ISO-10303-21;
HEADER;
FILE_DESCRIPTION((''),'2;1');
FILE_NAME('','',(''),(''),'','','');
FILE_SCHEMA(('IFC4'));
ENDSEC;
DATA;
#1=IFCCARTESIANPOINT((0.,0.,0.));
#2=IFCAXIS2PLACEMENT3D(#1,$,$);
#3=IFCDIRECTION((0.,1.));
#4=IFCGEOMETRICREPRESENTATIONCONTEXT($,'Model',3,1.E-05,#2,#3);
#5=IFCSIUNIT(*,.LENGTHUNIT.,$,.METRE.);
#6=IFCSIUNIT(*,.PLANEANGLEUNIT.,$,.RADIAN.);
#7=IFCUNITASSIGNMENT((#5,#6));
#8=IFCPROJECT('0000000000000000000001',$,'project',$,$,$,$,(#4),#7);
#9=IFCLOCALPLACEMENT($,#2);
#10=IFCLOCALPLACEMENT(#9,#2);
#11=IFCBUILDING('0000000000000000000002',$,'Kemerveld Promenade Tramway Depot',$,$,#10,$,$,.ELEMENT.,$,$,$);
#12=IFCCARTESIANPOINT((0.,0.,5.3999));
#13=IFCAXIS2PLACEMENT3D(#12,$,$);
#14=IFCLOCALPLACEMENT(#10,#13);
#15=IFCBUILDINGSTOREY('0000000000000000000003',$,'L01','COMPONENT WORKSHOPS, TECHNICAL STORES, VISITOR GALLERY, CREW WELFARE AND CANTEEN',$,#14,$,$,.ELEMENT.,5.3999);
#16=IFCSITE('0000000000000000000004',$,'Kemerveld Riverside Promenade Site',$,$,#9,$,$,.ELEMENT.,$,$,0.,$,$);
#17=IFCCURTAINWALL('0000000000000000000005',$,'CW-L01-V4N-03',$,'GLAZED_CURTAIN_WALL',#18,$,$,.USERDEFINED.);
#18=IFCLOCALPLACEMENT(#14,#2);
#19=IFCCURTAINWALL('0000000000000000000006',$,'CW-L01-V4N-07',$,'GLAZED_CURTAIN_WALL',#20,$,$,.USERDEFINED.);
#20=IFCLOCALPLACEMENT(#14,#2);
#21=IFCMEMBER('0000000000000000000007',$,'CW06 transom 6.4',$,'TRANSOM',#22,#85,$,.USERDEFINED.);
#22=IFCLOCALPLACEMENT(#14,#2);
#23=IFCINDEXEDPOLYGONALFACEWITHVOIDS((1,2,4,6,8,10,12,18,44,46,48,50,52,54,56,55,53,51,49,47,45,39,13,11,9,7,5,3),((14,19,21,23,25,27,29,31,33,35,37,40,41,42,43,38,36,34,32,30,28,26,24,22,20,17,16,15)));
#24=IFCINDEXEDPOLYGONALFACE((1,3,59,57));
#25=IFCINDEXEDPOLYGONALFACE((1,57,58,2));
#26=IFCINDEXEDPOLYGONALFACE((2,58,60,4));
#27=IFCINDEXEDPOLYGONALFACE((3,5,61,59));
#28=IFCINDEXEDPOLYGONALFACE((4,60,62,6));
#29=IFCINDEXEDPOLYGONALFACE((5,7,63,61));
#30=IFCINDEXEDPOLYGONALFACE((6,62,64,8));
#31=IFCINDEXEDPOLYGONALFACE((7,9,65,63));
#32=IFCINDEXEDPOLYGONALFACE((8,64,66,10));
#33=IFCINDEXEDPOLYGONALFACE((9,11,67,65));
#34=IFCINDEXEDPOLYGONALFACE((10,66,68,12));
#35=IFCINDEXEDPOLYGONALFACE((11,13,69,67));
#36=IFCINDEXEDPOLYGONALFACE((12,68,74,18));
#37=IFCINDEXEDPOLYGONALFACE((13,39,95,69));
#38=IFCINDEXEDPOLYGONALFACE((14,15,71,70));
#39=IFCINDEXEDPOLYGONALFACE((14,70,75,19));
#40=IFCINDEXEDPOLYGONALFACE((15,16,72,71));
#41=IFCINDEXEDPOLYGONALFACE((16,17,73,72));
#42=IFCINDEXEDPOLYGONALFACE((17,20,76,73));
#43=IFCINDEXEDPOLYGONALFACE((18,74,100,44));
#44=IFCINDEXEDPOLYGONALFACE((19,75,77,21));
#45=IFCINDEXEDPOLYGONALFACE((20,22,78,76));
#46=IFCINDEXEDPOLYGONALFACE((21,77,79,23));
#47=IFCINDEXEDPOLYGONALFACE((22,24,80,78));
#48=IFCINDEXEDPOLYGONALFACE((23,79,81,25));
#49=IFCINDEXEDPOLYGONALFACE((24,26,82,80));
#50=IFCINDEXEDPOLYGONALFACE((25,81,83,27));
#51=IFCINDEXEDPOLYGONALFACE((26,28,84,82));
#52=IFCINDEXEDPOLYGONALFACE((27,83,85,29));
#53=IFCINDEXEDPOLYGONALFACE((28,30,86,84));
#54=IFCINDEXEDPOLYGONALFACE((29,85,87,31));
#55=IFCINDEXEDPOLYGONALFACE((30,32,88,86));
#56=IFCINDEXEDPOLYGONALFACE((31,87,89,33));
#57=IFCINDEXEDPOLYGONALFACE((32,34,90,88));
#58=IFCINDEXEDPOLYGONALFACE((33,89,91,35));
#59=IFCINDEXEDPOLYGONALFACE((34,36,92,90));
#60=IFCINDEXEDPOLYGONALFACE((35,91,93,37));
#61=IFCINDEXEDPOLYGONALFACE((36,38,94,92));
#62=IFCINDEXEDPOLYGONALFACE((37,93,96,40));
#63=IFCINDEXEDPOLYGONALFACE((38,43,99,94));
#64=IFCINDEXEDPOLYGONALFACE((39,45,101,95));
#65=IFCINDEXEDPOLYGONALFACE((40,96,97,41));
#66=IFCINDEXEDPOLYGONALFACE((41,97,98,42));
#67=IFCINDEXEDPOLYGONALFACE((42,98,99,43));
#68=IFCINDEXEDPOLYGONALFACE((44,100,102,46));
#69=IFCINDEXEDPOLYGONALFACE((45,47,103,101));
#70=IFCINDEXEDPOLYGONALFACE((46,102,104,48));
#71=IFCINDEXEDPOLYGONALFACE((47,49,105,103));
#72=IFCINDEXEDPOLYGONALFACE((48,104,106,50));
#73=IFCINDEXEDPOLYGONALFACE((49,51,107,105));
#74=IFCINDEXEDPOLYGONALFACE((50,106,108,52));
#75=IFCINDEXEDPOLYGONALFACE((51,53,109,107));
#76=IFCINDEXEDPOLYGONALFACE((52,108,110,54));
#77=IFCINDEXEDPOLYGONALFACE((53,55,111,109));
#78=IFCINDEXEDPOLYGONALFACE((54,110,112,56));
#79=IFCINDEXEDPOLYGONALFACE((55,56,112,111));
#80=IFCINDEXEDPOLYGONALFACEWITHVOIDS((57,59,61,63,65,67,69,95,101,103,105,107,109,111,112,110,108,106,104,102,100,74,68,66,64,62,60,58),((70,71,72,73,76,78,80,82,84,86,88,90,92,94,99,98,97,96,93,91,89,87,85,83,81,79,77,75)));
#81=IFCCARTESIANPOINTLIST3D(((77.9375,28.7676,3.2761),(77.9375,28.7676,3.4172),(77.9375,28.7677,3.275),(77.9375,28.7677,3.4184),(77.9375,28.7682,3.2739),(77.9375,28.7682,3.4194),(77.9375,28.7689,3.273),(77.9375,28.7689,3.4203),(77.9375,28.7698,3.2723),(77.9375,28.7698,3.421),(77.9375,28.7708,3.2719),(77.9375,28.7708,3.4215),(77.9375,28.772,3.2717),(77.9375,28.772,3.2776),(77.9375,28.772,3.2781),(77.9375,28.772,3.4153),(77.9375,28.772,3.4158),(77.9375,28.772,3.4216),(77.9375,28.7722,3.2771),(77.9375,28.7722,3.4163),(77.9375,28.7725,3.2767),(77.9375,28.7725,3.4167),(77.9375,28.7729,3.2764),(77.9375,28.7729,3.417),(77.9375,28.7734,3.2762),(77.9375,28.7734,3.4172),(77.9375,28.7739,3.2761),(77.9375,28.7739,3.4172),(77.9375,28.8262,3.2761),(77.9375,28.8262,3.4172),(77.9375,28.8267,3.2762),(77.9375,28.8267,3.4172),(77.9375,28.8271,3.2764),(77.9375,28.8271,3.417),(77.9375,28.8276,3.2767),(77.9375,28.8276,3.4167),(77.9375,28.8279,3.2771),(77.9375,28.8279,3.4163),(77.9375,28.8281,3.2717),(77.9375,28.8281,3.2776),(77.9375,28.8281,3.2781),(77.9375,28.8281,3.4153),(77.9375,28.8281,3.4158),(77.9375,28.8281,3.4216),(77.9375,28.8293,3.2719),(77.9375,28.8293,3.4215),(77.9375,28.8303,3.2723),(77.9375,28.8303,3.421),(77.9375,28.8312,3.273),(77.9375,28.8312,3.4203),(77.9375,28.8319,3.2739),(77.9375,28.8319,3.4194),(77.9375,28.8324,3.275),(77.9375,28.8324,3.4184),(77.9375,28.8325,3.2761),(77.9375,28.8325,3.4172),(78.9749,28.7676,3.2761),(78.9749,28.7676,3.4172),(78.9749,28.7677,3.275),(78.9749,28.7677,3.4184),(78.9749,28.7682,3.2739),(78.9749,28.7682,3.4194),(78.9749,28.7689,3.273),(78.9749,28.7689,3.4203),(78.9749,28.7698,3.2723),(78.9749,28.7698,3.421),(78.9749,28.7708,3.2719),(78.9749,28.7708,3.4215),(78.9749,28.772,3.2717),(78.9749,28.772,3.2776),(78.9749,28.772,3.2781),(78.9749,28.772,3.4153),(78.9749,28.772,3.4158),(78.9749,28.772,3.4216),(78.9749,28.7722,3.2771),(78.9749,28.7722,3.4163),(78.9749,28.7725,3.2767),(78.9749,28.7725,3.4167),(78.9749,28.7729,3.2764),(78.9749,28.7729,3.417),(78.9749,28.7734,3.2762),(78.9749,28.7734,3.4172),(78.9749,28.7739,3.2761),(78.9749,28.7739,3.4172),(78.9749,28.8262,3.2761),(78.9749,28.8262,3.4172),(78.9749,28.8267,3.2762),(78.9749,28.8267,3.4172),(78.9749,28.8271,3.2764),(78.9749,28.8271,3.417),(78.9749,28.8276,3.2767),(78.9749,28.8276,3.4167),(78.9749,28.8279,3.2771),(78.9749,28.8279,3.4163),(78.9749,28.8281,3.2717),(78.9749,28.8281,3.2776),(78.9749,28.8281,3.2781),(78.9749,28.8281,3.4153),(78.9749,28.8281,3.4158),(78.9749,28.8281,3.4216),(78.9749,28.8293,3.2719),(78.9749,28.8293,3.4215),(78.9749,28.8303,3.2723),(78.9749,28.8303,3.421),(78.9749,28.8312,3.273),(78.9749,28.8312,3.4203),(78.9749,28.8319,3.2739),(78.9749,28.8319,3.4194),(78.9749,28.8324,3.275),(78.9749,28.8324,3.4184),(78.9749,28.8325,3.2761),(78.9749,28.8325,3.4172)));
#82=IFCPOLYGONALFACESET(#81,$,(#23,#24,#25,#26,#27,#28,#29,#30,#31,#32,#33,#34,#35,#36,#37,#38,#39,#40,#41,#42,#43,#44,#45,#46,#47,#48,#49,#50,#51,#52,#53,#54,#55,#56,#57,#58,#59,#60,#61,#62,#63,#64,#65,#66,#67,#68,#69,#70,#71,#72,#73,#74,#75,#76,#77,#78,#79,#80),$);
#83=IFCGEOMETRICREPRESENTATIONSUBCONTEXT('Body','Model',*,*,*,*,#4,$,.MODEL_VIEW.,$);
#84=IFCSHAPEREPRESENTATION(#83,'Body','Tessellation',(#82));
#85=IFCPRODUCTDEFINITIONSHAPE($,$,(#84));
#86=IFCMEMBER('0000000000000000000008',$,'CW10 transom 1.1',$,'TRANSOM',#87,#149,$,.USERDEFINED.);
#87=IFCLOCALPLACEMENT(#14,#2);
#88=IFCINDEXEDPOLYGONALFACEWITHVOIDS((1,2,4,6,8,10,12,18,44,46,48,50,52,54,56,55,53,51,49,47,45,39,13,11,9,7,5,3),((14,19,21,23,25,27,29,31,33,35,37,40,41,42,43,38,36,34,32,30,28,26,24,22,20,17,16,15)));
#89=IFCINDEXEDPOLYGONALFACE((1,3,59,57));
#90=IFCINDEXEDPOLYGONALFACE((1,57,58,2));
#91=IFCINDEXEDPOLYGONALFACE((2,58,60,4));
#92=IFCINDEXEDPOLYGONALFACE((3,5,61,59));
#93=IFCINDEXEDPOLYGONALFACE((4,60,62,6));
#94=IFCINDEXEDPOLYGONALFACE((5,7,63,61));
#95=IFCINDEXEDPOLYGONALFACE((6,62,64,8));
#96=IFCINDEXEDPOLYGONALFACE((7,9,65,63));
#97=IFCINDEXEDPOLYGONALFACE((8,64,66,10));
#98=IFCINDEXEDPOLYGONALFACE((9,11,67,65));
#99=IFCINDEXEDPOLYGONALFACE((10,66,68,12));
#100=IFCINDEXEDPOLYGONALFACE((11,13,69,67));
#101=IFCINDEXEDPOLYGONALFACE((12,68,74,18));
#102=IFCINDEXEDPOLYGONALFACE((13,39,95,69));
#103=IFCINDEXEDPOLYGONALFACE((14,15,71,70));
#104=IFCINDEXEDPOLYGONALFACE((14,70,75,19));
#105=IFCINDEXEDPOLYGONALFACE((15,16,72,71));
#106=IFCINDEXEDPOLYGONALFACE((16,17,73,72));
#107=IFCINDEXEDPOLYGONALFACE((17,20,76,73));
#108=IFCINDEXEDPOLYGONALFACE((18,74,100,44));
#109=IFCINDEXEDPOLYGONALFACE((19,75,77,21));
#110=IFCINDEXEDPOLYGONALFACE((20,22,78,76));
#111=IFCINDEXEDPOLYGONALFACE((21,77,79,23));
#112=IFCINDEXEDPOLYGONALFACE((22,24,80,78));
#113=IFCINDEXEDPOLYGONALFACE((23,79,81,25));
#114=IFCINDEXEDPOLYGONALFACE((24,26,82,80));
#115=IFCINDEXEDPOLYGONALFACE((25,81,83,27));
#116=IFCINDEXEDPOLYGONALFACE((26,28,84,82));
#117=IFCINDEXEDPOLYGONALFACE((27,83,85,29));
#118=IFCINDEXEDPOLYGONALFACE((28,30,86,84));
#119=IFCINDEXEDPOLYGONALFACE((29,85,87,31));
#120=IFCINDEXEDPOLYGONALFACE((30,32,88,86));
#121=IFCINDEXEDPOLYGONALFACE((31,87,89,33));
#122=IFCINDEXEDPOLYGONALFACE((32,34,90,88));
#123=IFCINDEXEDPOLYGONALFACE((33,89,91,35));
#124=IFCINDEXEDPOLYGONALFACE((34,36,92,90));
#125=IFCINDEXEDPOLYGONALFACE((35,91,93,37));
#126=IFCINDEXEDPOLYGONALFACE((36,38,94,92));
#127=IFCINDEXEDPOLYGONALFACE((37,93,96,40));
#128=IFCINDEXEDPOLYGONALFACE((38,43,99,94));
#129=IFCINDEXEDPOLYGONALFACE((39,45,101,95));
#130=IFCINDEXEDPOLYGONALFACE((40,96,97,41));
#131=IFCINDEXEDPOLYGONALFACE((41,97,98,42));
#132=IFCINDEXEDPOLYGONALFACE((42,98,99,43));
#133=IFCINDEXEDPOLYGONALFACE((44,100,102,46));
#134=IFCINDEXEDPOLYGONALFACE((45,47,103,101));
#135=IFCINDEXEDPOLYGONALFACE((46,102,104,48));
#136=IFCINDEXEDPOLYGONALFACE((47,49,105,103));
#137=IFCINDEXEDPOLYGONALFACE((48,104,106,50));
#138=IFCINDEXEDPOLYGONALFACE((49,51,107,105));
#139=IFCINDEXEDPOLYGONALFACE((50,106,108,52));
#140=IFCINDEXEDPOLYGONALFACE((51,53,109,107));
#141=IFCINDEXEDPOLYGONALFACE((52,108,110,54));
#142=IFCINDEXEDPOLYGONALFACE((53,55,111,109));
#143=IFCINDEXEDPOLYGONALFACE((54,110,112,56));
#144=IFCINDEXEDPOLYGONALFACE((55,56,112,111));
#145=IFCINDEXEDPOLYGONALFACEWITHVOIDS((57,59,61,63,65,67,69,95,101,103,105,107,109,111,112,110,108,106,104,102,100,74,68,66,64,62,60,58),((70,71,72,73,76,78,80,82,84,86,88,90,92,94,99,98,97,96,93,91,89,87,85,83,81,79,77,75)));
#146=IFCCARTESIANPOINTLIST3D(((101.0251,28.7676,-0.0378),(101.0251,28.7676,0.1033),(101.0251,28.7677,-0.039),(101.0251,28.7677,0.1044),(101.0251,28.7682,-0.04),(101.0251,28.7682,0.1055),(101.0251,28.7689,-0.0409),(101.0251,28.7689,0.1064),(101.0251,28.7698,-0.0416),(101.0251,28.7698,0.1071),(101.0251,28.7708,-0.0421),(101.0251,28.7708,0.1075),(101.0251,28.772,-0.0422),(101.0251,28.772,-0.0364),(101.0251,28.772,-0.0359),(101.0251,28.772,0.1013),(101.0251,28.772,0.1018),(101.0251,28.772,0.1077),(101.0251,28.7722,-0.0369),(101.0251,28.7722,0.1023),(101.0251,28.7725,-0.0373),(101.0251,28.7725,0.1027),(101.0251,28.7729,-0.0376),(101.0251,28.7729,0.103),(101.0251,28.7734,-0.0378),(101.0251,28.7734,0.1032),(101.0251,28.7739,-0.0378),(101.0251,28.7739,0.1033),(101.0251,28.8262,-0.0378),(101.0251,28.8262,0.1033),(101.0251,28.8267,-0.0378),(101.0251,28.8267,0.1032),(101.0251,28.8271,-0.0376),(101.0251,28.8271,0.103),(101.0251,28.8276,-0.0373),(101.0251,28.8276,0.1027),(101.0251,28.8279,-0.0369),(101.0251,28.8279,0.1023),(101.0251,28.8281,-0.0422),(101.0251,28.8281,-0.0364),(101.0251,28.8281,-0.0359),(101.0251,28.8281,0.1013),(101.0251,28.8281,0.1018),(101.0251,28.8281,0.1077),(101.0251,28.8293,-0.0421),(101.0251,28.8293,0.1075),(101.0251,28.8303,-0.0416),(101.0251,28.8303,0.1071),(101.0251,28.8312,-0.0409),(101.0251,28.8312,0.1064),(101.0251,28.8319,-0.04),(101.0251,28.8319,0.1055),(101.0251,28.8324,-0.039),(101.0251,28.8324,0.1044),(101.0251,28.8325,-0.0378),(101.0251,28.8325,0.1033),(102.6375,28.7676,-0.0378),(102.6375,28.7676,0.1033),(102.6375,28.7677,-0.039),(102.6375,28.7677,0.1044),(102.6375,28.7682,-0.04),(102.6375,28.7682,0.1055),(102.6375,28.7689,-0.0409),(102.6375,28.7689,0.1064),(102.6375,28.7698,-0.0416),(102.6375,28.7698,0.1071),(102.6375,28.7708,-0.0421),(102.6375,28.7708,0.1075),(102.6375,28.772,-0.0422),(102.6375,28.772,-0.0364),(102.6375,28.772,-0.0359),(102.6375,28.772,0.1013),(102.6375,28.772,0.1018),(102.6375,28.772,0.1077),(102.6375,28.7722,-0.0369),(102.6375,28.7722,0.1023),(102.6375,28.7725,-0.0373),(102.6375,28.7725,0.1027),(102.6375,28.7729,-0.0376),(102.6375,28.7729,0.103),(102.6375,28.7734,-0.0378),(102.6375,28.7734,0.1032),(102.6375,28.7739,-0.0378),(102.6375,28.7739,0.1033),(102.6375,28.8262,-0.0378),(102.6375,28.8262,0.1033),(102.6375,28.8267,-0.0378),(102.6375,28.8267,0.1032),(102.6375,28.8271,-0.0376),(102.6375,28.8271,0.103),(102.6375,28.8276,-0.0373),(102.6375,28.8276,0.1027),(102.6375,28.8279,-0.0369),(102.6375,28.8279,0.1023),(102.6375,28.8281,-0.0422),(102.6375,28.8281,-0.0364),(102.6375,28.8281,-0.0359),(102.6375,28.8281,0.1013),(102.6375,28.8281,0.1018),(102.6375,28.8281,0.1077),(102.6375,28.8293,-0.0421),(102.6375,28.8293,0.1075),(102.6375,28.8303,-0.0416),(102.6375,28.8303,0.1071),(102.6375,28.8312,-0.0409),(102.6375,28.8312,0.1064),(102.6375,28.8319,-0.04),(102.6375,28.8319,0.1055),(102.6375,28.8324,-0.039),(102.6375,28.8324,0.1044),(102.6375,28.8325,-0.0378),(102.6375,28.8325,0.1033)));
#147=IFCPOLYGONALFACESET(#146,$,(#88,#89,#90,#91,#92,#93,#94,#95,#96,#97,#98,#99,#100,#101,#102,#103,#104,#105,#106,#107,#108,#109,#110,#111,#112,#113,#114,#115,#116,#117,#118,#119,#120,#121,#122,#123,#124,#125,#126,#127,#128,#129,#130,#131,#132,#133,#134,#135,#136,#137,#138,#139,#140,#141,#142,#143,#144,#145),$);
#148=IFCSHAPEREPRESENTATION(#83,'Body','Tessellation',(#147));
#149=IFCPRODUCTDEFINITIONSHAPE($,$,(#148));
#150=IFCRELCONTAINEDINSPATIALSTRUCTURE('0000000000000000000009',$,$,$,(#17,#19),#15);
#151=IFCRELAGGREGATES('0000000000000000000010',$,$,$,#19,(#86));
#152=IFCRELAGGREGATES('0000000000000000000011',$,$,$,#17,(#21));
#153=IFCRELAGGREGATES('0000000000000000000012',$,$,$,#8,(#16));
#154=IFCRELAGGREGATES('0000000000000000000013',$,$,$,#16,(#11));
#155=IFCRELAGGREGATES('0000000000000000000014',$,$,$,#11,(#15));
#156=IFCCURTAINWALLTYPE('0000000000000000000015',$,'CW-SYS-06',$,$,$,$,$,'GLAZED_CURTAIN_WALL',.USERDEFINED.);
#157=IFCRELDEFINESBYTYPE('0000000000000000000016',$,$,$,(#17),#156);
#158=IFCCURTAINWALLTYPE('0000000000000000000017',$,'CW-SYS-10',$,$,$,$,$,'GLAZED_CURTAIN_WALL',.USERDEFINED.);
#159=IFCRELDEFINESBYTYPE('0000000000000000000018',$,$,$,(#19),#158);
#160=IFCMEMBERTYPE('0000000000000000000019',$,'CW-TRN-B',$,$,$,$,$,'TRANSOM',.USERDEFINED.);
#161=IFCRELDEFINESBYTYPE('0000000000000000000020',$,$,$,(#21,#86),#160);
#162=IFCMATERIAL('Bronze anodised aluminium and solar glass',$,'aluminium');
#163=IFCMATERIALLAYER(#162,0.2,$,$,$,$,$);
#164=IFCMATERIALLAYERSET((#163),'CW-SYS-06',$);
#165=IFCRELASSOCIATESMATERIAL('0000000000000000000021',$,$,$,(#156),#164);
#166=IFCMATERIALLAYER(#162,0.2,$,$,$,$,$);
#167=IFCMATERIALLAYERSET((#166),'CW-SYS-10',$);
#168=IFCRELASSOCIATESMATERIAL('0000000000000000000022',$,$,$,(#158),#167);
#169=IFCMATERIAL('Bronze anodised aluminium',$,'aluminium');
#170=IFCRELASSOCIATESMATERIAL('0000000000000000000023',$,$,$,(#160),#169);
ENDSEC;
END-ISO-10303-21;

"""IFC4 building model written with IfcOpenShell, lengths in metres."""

from ifc_helpers import new_model, si_unit, direction, frame, origin, origin_2d, place, context, subcontext, project, spatial, hollow_rectangle, extrude, material, layer, layer_set, material_profile, profile_set, type_object, element, aggregate, save


model = new_model("IFC4")

# Units and contexts
model_context = context("Model", 3, precision=1e-05, world=origin(), true_north=direction((0.0, 1.0)))
body_context = subcontext(model_context, "Body", "Model", "MODEL_VIEW")
ifc_project = project(units=[si_unit("LENGTHUNIT", "METRE"), si_unit("PLANEANGLEUNIT", "RADIAN")], contexts=[model_context])

# Site, building, storey
site_placement = place(None, origin())
site = spatial("IfcSite", under=ifc_project, at=site_placement, Name="Kemerveld Riverside Promenade Site", CompositionType="ELEMENT", RefElevation=0.0)
building_placement = place(site_placement, origin())
building = spatial("IfcBuilding", under=site, at=building_placement, Name="Kemerveld Promenade Tramway Depot", CompositionType="ELEMENT")
storey_placement = place(building_placement, frame((0.0, 0.0, 5.3999)))
storey = spatial("IfcBuildingStorey", under=building, at=storey_placement, Name="L01", Description="COMPONENT WORKSHOPS, TECHNICAL STORES, VISITOR GALLERY, CREW WELFARE AND CANTEEN", CompositionType="ELEMENT", Elevation=5.3999)

# Curtain wall
ifc_material_1 = material(Name="Bronze anodised aluminium and solar glass", Category="aluminium")
ifc_layer_1 = layer(ifc_material_1, 0.2)
ifc_layer_set_1 = layer_set([ifc_layer_1], Name="CW-SYS-06")
curtain_wall_type_1 = type_object("IfcCurtainWallType", Name="CW-SYS-06", ElementType="GLAZED_CURTAIN_WALL", PredefinedType="USERDEFINED", material=ifc_layer_set_1)
curtain_wall_1_placement = place(storey_placement, origin())
curtain_wall_1 = element("IfcCurtainWall", 1, at=curtain_wall_1_placement, inside=storey, type_object=curtain_wall_type_1, Name="CW-L01-V4N-03", ObjectType="GLAZED_CURTAIN_WALL", PredefinedType="USERDEFINED")
ifc_material_2 = material(Name="Bronze anodised aluminium", Category="aluminium")

# Curtain wall
ifc_layer_2 = layer(ifc_material_1, 0.2)
ifc_layer_set_2 = layer_set([ifc_layer_2], Name="CW-SYS-10")
curtain_wall_type_2 = type_object("IfcCurtainWallType", Name="CW-SYS-10", ElementType="GLAZED_CURTAIN_WALL", PredefinedType="USERDEFINED", material=ifc_layer_set_2)
curtain_wall_2_placement = place(storey_placement, origin())
curtain_wall_2 = element("IfcCurtainWall", 2, at=curtain_wall_2_placement, inside=storey, type_object=curtain_wall_type_2, Name="CW-L01-V4N-07", ObjectType="GLAZED_CURTAIN_WALL", PredefinedType="USERDEFINED")

# Members
ifc_material_profile_1 = material_profile(ifc_material_2, hollow_rectangle(XDim=0.0649, YDim=0.1499, WallThickness=0.0044, InnerFilletRadius=0.002, OuterFilletRadius=0.0044, at=origin_2d()), Name="CW-TRN-150x65")
ifc_profile_set_1 = profile_set([ifc_material_profile_1], Name="Bronze anodised aluminium")
member_type_1 = type_object("IfcMemberType", Name="CW-TRN-B", ElementType="TRANSOM", PredefinedType="USERDEFINED", material=ifc_profile_set_1)
member_1_placement = place(storey_placement, frame((77.9375, 28.8, 3.3467), z_axis=(1.0, 0.0, 0.0), x_axis=(0.0, 1.0, 0.0)))
member_1 = element("IfcMember", 3, at=member_1_placement, type_object=member_type_1, Name="CW06 transom 6.4", ObjectType="TRANSOM", PredefinedType="USERDEFINED", context=body_context, shape_type="SweptSolid", body=[
    extrude(hollow_rectangle(XDim=0.0649, YDim=0.1499, WallThickness=0.0044, InnerFilletRadius=0.002, OuterFilletRadius=0.0044, at=origin_2d()), origin(), (0.0, 0.0, 1.0), 1.0374),
])
member_2_placement = place(storey_placement, frame((101.0251, 28.8, 0.0327), z_axis=(1.0, 0.0, 0.0), x_axis=(0.0, 1.0, 0.0)))
member_2 = element("IfcMember", 4, at=member_2_placement, type_object=member_type_1, Name="CW10 transom 1.1", ObjectType="TRANSOM", PredefinedType="USERDEFINED", context=body_context, shape_type="SweptSolid", body=[
    extrude(hollow_rectangle(XDim=0.0649, YDim=0.1499, WallThickness=0.0044, InnerFilletRadius=0.002, OuterFilletRadius=0.0044, at=origin_2d()), origin(), (0.0, 0.0, 1.0), 1.6123),
])

aggregate(curtain_wall_2, [member_2])
aggregate(curtain_wall_1, [member_1])

save(model, "model.ifc")
